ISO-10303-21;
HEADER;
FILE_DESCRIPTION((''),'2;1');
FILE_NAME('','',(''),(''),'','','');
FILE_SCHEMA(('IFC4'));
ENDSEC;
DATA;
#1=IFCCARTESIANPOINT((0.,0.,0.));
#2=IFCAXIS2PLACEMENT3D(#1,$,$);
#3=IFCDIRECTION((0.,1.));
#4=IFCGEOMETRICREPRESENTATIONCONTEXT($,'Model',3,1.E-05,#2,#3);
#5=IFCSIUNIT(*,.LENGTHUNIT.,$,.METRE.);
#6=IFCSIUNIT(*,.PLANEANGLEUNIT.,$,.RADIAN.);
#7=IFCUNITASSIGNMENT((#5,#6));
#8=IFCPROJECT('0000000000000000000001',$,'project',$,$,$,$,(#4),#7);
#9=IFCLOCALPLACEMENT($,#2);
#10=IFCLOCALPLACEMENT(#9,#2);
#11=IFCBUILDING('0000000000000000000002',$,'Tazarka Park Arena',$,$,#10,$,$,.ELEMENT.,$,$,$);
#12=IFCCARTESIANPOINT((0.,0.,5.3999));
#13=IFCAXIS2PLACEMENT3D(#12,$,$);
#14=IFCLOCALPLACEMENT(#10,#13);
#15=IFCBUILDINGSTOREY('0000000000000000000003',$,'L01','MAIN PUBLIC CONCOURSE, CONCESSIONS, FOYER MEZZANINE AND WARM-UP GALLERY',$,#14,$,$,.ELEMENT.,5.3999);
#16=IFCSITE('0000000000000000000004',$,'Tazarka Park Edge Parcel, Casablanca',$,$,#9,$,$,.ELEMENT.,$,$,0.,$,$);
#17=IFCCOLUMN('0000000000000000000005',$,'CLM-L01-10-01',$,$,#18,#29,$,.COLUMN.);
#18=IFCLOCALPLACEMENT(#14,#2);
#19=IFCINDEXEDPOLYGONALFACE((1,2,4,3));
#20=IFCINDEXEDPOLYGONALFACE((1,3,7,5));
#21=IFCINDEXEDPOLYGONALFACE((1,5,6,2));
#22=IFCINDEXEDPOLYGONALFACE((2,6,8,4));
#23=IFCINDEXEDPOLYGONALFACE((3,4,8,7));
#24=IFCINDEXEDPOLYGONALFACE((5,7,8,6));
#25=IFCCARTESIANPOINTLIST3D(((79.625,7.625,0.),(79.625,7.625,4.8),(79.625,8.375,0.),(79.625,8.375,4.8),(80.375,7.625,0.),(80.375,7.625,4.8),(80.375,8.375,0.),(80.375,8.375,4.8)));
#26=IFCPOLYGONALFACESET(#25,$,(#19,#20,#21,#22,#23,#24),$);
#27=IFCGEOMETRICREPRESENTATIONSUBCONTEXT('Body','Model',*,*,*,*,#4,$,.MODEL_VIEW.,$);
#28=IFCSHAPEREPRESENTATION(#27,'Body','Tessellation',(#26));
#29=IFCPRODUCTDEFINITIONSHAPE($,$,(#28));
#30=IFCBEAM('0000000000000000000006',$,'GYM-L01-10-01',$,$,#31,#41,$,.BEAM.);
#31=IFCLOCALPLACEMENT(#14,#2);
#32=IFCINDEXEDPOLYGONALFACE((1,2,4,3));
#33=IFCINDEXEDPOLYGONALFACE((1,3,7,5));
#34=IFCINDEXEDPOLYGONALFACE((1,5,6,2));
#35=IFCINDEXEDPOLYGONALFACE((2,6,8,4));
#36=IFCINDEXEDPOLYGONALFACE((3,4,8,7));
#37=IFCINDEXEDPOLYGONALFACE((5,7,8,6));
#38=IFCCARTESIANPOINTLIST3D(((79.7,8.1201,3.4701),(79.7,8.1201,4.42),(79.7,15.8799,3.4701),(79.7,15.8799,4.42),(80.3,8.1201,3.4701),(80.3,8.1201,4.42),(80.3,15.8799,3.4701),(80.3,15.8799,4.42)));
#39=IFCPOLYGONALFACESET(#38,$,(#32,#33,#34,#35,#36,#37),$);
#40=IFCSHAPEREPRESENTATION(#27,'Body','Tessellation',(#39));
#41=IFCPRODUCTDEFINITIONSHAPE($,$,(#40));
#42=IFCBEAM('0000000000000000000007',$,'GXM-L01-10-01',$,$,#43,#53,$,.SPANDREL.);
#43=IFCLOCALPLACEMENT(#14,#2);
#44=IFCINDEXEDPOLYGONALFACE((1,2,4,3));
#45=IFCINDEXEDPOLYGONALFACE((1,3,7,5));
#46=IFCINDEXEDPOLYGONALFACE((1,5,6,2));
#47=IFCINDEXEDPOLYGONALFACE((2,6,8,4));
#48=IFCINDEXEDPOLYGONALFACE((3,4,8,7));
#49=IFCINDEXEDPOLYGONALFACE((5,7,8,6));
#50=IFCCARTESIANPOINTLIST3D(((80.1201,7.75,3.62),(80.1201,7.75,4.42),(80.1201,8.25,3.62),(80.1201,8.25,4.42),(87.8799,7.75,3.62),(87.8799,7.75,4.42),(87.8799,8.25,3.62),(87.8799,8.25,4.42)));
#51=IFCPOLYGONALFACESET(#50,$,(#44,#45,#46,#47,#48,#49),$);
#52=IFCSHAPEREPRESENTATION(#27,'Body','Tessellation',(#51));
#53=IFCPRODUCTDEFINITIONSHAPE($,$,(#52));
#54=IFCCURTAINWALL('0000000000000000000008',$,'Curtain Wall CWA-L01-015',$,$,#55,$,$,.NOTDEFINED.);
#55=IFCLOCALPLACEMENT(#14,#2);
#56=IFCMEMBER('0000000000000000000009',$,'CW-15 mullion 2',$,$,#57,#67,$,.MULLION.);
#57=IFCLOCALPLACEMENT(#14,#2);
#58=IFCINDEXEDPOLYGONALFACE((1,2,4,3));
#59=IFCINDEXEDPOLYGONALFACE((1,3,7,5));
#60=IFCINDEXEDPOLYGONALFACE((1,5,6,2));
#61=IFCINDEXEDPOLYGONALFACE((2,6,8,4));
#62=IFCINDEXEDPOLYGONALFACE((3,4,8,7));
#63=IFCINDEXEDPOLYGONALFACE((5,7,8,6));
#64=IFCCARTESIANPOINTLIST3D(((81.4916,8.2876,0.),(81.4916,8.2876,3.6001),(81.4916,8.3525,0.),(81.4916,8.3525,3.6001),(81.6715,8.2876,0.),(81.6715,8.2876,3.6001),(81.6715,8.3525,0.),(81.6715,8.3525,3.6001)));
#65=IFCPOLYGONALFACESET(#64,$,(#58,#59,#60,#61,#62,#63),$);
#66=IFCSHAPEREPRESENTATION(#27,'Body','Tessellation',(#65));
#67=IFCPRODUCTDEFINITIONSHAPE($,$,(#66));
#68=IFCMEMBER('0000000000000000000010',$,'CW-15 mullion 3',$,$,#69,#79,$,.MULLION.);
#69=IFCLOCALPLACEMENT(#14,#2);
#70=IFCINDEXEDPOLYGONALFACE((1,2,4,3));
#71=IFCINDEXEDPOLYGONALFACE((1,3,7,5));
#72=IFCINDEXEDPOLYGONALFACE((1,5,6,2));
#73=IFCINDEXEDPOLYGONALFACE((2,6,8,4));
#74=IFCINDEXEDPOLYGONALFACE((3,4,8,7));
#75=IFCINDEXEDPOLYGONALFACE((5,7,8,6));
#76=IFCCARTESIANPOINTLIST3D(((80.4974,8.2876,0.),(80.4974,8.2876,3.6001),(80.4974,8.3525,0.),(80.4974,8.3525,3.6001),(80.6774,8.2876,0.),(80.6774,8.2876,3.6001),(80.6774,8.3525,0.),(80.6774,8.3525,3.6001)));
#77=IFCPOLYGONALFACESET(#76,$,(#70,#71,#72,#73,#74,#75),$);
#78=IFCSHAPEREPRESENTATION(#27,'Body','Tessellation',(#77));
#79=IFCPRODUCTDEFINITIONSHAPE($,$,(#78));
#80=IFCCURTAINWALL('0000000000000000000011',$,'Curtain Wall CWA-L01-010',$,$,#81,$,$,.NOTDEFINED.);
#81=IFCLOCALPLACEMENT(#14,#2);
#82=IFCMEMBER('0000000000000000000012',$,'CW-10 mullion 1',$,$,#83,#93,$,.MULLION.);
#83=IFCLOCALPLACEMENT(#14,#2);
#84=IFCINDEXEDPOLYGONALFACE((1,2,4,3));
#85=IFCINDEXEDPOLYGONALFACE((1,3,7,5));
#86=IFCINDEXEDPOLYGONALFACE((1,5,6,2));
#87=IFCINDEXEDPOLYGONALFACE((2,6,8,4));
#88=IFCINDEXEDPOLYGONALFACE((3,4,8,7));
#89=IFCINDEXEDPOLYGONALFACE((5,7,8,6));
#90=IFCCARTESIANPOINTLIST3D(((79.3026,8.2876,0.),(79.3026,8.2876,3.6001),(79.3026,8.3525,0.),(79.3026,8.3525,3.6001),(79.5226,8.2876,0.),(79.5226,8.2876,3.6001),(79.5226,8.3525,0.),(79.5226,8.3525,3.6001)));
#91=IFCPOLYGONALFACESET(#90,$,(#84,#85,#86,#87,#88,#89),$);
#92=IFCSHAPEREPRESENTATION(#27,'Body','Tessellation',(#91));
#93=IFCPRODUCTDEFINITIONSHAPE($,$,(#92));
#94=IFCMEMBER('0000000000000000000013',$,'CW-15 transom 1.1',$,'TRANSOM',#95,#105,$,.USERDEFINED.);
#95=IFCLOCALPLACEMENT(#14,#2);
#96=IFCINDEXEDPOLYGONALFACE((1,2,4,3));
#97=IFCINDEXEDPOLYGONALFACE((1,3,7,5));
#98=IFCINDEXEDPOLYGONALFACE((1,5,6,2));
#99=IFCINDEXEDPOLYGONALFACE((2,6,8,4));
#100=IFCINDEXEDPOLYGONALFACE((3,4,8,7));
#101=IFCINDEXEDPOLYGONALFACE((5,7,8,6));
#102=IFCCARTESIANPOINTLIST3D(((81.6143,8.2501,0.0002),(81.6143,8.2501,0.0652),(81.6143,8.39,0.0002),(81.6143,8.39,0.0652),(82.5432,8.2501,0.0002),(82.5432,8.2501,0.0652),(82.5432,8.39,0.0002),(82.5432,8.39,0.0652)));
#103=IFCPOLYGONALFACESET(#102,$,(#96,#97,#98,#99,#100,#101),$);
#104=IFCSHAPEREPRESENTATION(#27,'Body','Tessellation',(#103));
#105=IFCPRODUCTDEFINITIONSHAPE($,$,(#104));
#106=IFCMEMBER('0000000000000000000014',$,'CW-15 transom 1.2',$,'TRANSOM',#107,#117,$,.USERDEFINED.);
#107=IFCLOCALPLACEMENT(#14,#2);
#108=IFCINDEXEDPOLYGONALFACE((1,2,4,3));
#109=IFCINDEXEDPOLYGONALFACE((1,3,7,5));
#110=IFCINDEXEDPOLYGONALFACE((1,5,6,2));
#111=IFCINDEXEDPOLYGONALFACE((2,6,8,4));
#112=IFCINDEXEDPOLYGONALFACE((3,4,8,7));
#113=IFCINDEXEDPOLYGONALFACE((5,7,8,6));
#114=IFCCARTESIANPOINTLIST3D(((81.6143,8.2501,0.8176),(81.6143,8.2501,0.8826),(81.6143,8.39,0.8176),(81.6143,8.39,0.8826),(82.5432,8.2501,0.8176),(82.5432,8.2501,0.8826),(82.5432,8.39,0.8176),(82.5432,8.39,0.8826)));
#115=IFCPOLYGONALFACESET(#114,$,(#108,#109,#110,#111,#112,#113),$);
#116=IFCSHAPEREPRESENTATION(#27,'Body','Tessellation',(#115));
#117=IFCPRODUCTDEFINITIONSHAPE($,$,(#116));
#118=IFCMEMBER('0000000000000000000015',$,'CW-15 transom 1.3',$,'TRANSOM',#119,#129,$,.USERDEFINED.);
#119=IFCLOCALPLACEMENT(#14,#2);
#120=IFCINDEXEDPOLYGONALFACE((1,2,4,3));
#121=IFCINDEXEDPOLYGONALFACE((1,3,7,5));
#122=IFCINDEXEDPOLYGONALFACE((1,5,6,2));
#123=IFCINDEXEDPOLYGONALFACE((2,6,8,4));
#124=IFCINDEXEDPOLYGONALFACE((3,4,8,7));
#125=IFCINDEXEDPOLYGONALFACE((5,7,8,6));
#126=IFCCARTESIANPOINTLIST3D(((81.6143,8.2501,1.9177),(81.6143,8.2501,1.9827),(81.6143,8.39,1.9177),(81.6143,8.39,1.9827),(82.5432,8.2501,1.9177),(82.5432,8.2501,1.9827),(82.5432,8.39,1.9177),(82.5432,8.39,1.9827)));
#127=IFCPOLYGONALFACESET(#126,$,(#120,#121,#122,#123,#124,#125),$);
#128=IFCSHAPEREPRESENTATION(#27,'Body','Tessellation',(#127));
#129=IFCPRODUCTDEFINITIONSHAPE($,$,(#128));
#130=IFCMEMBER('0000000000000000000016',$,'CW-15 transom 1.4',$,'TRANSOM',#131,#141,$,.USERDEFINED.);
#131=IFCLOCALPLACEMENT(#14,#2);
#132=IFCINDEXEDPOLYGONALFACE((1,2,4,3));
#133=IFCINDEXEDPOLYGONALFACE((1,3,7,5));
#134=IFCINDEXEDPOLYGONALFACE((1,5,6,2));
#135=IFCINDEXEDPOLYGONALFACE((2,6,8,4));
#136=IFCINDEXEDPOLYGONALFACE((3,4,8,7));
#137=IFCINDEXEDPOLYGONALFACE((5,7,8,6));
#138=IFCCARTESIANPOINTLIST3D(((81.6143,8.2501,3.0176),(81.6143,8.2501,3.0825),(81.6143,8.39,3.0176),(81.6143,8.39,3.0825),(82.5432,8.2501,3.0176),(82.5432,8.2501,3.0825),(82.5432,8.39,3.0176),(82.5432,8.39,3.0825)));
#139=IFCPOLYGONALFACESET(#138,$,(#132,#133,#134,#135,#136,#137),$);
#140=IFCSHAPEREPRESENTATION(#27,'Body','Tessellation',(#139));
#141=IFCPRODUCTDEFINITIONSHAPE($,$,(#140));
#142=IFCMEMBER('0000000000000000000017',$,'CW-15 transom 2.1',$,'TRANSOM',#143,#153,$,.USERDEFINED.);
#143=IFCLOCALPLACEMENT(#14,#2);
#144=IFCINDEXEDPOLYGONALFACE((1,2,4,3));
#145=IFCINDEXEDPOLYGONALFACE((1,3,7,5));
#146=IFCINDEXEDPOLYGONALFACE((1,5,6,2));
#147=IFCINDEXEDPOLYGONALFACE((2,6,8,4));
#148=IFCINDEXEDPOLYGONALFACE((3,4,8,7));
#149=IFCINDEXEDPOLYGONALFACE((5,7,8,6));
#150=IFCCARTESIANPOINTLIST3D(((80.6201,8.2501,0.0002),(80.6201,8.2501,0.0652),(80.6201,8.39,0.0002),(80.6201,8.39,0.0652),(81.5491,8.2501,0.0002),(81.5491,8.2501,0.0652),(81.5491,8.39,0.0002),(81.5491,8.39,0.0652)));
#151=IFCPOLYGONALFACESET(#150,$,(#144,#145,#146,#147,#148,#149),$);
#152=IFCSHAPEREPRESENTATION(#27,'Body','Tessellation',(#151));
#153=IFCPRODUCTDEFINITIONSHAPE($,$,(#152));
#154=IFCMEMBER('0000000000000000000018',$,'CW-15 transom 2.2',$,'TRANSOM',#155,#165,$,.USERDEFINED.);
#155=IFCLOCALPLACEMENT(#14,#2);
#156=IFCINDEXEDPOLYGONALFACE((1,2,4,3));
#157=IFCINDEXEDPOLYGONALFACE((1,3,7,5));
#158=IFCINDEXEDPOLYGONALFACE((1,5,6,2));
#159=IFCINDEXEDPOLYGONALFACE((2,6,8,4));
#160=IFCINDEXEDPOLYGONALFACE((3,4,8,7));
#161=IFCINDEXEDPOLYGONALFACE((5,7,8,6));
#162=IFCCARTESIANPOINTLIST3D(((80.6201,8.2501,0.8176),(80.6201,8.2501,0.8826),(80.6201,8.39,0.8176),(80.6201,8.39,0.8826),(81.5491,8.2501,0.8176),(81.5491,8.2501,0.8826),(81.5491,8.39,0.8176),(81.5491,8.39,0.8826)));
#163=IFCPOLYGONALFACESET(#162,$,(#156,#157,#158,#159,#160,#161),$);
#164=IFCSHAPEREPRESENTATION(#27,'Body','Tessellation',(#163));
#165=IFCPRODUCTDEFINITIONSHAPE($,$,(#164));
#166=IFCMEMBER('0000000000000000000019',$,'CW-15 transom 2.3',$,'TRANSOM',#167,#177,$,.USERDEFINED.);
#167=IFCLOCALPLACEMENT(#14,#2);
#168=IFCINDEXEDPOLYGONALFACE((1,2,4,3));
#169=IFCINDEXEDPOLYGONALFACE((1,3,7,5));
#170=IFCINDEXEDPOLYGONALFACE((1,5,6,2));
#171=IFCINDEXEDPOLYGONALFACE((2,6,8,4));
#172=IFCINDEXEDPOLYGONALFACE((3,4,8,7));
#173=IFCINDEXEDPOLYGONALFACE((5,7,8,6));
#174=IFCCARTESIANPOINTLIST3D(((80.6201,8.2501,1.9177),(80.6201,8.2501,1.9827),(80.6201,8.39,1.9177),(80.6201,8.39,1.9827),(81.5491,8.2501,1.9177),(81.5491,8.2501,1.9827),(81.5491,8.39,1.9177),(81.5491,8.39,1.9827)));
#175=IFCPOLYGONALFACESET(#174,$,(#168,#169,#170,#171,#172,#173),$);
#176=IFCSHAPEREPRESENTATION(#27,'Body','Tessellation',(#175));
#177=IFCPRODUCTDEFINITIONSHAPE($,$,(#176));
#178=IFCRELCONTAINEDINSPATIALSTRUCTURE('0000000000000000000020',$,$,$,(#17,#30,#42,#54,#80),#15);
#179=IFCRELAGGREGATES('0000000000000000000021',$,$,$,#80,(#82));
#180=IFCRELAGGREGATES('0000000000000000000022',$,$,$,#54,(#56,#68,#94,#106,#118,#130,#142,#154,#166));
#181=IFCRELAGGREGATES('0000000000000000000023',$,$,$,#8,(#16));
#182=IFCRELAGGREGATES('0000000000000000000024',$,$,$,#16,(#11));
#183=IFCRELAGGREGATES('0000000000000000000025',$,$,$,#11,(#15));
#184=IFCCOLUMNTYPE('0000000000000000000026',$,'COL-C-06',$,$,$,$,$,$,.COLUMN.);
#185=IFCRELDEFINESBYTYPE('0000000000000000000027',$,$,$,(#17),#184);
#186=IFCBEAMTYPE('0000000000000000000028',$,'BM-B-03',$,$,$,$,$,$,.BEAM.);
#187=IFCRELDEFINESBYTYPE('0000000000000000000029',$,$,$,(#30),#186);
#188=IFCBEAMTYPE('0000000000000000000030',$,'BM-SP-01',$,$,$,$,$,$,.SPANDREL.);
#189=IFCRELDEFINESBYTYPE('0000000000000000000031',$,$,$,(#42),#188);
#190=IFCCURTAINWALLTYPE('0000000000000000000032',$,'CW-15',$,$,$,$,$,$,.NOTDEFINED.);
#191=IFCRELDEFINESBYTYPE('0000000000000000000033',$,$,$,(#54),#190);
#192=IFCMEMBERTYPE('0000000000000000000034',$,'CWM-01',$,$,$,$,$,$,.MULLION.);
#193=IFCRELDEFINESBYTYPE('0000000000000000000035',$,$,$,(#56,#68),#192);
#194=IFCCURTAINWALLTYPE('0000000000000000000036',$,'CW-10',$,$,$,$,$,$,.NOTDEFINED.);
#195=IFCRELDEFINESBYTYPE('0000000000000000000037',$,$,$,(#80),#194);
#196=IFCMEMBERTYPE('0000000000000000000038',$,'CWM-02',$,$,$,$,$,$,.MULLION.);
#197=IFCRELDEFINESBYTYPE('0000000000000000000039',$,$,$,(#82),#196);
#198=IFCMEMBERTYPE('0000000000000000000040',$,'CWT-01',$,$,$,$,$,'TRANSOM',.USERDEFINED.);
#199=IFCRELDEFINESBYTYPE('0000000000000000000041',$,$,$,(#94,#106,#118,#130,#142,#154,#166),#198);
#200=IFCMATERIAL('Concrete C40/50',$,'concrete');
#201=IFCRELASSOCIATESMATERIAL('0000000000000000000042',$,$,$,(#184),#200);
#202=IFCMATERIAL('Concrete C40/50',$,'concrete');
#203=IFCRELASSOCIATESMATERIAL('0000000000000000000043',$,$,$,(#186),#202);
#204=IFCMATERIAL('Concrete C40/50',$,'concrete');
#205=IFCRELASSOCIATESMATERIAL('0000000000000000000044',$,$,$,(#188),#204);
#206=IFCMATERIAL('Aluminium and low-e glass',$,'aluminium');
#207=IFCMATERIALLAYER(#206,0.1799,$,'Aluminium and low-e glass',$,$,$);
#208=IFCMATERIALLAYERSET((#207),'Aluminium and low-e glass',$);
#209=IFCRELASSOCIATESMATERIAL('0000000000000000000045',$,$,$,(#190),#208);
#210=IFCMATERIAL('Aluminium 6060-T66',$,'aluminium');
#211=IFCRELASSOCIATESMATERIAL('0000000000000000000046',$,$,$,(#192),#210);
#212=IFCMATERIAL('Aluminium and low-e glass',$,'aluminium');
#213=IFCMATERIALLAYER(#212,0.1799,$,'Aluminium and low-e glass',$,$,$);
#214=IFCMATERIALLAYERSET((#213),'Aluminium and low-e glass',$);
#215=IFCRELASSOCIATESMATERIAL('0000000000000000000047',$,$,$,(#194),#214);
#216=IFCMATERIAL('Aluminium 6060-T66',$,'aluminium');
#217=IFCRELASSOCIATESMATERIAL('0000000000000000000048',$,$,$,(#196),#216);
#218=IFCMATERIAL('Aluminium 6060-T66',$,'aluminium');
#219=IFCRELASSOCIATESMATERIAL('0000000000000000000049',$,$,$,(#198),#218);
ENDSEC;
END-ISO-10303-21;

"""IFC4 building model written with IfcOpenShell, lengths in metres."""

from ifc_helpers import new_model, si_unit, direction, frame, origin, origin_2d, place, context, subcontext, project, spatial, rectangle, extrude, material, layer, layer_set, material_profile, profile_set, type_object, element, aggregate, save


model = new_model("IFC4")

# Units and contexts
model_context = context("Model", 3, precision=1e-05, world=origin(), true_north=direction((0.0, 1.0)))
body_context = subcontext(model_context, "Body", "Model", "MODEL_VIEW")
ifc_project = project(units=[si_unit("LENGTHUNIT", "METRE"), si_unit("PLANEANGLEUNIT", "RADIAN")], contexts=[model_context])

# Site, building, storey
site_placement = place(None, origin())
site = spatial("IfcSite", under=ifc_project, at=site_placement, Name="Tazarka Park Edge Parcel, Casablanca", CompositionType="ELEMENT", RefElevation=0.0)
building_placement = place(site_placement, origin())
building = spatial("IfcBuilding", under=site, at=building_placement, Name="Tazarka Park Arena", CompositionType="ELEMENT")
storey_placement = place(building_placement, frame((0.0, 0.0, 5.3999)))
storey = spatial("IfcBuildingStorey", under=building, at=storey_placement, Name="L01", Description="MAIN PUBLIC CONCOURSE, CONCESSIONS, FOYER MEZZANINE AND WARM-UP GALLERY", CompositionType="ELEMENT", Elevation=5.3999)

# Column
ifc_material_1 = material(Name="Concrete C40/50", Category="concrete")
ifc_material_profile_1 = material_profile(ifc_material_1, rectangle(XDim=0.75, YDim=0.75, at=origin_2d()), Name="Concrete C40/50")
ifc_profile_set_1 = profile_set([ifc_material_profile_1], Name="Concrete C40/50")
column_type = type_object("IfcColumnType", Name="COL-C-06", PredefinedType="COLUMN", material=ifc_profile_set_1)
column_placement = place(storey_placement, frame((80.0, 8.0, 0.0), z_axis=(0.0, 0.0, 1.0), x_axis=(1.0, 0.0, 0.0)))
element("IfcColumn", 1, at=column_placement, inside=storey, type_object=column_type, Name="CLM-L01-10-01", PredefinedType="COLUMN", context=body_context, shape_type="SweptSolid", body=[
    extrude(rectangle(XDim=0.75, YDim=0.75, at=origin_2d()), origin(), (0.0, 0.0, 1.0), 4.8),
])

# Beams
ifc_material_2 = material(Name="Concrete C40/50", Category="concrete")
ifc_material_profile_2 = material_profile(ifc_material_2, rectangle(XDim=0.6001, YDim=0.95, at=origin_2d()), Name="Concrete C40/50")
ifc_profile_set_2 = profile_set([ifc_material_profile_2], Name="Concrete C40/50")
beam_type_1 = type_object("IfcBeamType", Name="BM-B-03", PredefinedType="BEAM", material=ifc_profile_set_2)
beam_1_placement = place(storey_placement, frame((80.0, 8.1201, 3.9451), z_axis=(0.0, 1.0, 0.0), x_axis=(-1.0, 0.0, 0.0)))
element("IfcBeam", 2, at=beam_1_placement, inside=storey, type_object=beam_type_1, Name="GYM-L01-10-01", PredefinedType="BEAM", context=body_context, shape_type="SweptSolid", body=[
    extrude(rectangle(XDim=0.6001, YDim=0.95, at=origin_2d()), origin(), (0.0, 0.0, 1.0), 7.7598),
])
ifc_material_3 = material(Name="Concrete C40/50", Category="concrete")
ifc_material_profile_3 = material_profile(ifc_material_3, rectangle(XDim=0.5, YDim=0.8, at=origin_2d()), Name="Concrete C40/50")
ifc_profile_set_3 = profile_set([ifc_material_profile_3], Name="Concrete C40/50")
beam_type_2 = type_object("IfcBeamType", Name="BM-SP-01", PredefinedType="SPANDREL", material=ifc_profile_set_3)
beam_2_placement = place(storey_placement, frame((80.1201, 8.0, 4.02), z_axis=(1.0, 0.0, 0.0), x_axis=(0.0, 1.0, 0.0)))
element("IfcBeam", 3, at=beam_2_placement, inside=storey, type_object=beam_type_2, Name="GXM-L01-10-01", PredefinedType="SPANDREL", context=body_context, shape_type="SweptSolid", body=[
    extrude(rectangle(XDim=0.5, YDim=0.8, at=origin_2d()), origin(), (0.0, 0.0, 1.0), 7.7598),
])

# Curtain wall, members
ifc_material_4 = material(Name="Aluminium and low-e glass", Category="aluminium")
ifc_layer_1 = layer(ifc_material_4, 0.1799, Name="Aluminium and low-e glass")
ifc_layer_set_1 = layer_set([ifc_layer_1], Name="Aluminium and low-e glass")
curtain_wall_type_1 = type_object("IfcCurtainWallType", Name="CW-15", PredefinedType="NOTDEFINED", material=ifc_layer_set_1)
curtain_wall_1_placement = place(storey_placement, origin())
curtain_wall_1 = element("IfcCurtainWall", 4, at=curtain_wall_1_placement, inside=storey, type_object=curtain_wall_type_1, Name="Curtain Wall CWA-L01-015", PredefinedType="NOTDEFINED")
ifc_material_5 = material(Name="Aluminium 6060-T66", Category="aluminium")
ifc_material_profile_4 = material_profile(ifc_material_5, rectangle(XDim=0.0649, YDim=0.1799, at=origin_2d()), Name="Aluminium 6060-T66")
ifc_profile_set_4 = profile_set([ifc_material_profile_4], Name="Aluminium 6060-T66")
member_type_1 = type_object("IfcMemberType", Name="CWM-01", PredefinedType="MULLION", material=ifc_profile_set_4)
member_1_placement = place(storey_placement, frame((81.5815, 8.3201, 0.0), z_axis=(0.0, 0.0, 1.0), x_axis=(0.0, -1.0, 0.0)))
member_1 = element("IfcMember", 5, at=member_1_placement, type_object=member_type_1, Name="CW-15 mullion 2", PredefinedType="MULLION", context=body_context, shape_type="SweptSolid", body=[
    extrude(rectangle(XDim=0.0649, YDim=0.1799, at=origin_2d()), origin(), (0.0, 0.0, 1.0), 3.6001),
])
member_2_placement = place(storey_placement, frame((80.5874, 8.3201, 0.0), z_axis=(0.0, 0.0, 1.0), x_axis=(0.0, -1.0, 0.0)))
member_2 = element("IfcMember", 6, at=member_2_placement, type_object=member_type_1, Name="CW-15 mullion 3", PredefinedType="MULLION", context=body_context, shape_type="SweptSolid", body=[
    extrude(rectangle(XDim=0.0649, YDim=0.1799, at=origin_2d()), origin(), (0.0, 0.0, 1.0), 3.6001),
])

# Curtain wall, member
ifc_material_6 = material(Name="Aluminium and low-e glass", Category="aluminium")
ifc_layer_2 = layer(ifc_material_6, 0.1799, Name="Aluminium and low-e glass")
ifc_layer_set_2 = layer_set([ifc_layer_2], Name="Aluminium and low-e glass")
curtain_wall_type_2 = type_object("IfcCurtainWallType", Name="CW-10", PredefinedType="NOTDEFINED", material=ifc_layer_set_2)
curtain_wall_2_placement = place(storey_placement, origin())
curtain_wall_2 = element("IfcCurtainWall", 7, at=curtain_wall_2_placement, inside=storey, type_object=curtain_wall_type_2, Name="Curtain Wall CWA-L01-010", PredefinedType="NOTDEFINED")
ifc_material_7 = material(Name="Aluminium 6060-T66", Category="aluminium")
ifc_material_profile_5 = material_profile(ifc_material_7, rectangle(XDim=0.0649, YDim=0.22, at=origin_2d()), Name="Aluminium 6060-T66")
ifc_profile_set_5 = profile_set([ifc_material_profile_5], Name="Aluminium 6060-T66")
member_type_2 = type_object("IfcMemberType", Name="CWM-02", PredefinedType="MULLION", material=ifc_profile_set_5)
member_3_placement = place(storey_placement, frame((79.4126, 8.3201, 0.0), z_axis=(0.0, 0.0, 1.0), x_axis=(0.0, -1.0, 0.0)))
member_3 = element("IfcMember", 8, at=member_3_placement, type_object=member_type_2, Name="CW-10 mullion 1", PredefinedType="MULLION", context=body_context, shape_type="SweptSolid", body=[
    extrude(rectangle(XDim=0.0649, YDim=0.22, at=origin_2d()), origin(), (0.0, 0.0, 1.0), 3.6001),
])

# Members
ifc_material_8 = material(Name="Aluminium 6060-T66", Category="aluminium")
ifc_material_profile_6 = material_profile(ifc_material_8, rectangle(XDim=0.1399, YDim=0.0649, at=origin_2d()), Name="Aluminium 6060-T66")
ifc_profile_set_6 = profile_set([ifc_material_profile_6], Name="Aluminium 6060-T66")
member_type_3 = type_object("IfcMemberType", Name="CWT-01", ElementType="TRANSOM", PredefinedType="USERDEFINED", material=ifc_profile_set_6)
member_4_placement = place(storey_placement, frame((82.5432, 8.3201, 0.0327), z_axis=(-1.0, 0.0, 0.0), x_axis=(0.0, -1.0, 0.0)))
member_4 = element("IfcMember", 9, at=member_4_placement, type_object=member_type_3, Name="CW-15 transom 1.1", ObjectType="TRANSOM", PredefinedType="USERDEFINED", context=body_context, shape_type="SweptSolid", body=[
    extrude(rectangle(XDim=0.1399, YDim=0.0649, at=origin_2d()), origin(), (0.0, 0.0, 1.0), 0.929),
])
member_5_placement = place(storey_placement, frame((82.5432, 8.3201, 0.8501), z_axis=(-1.0, 0.0, 0.0), x_axis=(0.0, -1.0, 0.0)))
member_5 = element("IfcMember", 10, at=member_5_placement, type_object=member_type_3, Name="CW-15 transom 1.2", ObjectType="TRANSOM", PredefinedType="USERDEFINED", context=body_context, shape_type="SweptSolid", body=[
    extrude(rectangle(XDim=0.1399, YDim=0.0649, at=origin_2d()), origin(), (0.0, 0.0, 1.0), 0.929),
])
member_6_placement = place(storey_placement, frame((82.5432, 8.3201, 1.9502), z_axis=(-1.0, 0.0, 0.0), x_axis=(0.0, -1.0, 0.0)))
member_6 = element("IfcMember", 11, at=member_6_placement, type_object=member_type_3, Name="CW-15 transom 1.3", ObjectType="TRANSOM", PredefinedType="USERDEFINED", context=body_context, shape_type="SweptSolid", body=[
    extrude(rectangle(XDim=0.1399, YDim=0.0649, at=origin_2d()), origin(), (0.0, 0.0, 1.0), 0.929),
])
member_7_placement = place(storey_placement, frame((82.5432, 8.3201, 3.05), z_axis=(-1.0, 0.0, 0.0), x_axis=(0.0, -1.0, 0.0)))
member_7 = element("IfcMember", 12, at=member_7_placement, type_object=member_type_3, Name="CW-15 transom 1.4", ObjectType="TRANSOM", PredefinedType="USERDEFINED", context=body_context, shape_type="SweptSolid", body=[
    extrude(rectangle(XDim=0.1399, YDim=0.0649, at=origin_2d()), origin(), (0.0, 0.0, 1.0), 0.929),
])
member_8_placement = place(storey_placement, frame((81.5491, 8.3201, 0.0327), z_axis=(-1.0, 0.0, 0.0), x_axis=(0.0, -1.0, 0.0)))
member_8 = element("IfcMember", 13, at=member_8_placement, type_object=member_type_3, Name="CW-15 transom 2.1", ObjectType="TRANSOM", PredefinedType="USERDEFINED", context=body_context, shape_type="SweptSolid", body=[
    extrude(rectangle(XDim=0.1399, YDim=0.0649, at=origin_2d()), origin(), (0.0, 0.0, 1.0), 0.929),
])
member_9_placement = place(storey_placement, frame((81.5491, 8.3201, 0.8501), z_axis=(-1.0, 0.0, 0.0), x_axis=(0.0, -1.0, 0.0)))
member_9 = element("IfcMember", 14, at=member_9_placement, type_object=member_type_3, Name="CW-15 transom 2.2", ObjectType="TRANSOM", PredefinedType="USERDEFINED", context=body_context, shape_type="SweptSolid", body=[
    extrude(rectangle(XDim=0.1399, YDim=0.0649, at=origin_2d()), origin(), (0.0, 0.0, 1.0), 0.929),
])
member_10_placement = place(storey_placement, frame((81.5491, 8.3201, 1.9502), z_axis=(-1.0, 0.0, 0.0), x_axis=(0.0, -1.0, 0.0)))
member_10 = element("IfcMember", 15, at=member_10_placement, type_object=member_type_3, Name="CW-15 transom 2.3", ObjectType="TRANSOM", PredefinedType="USERDEFINED", context=body_context, shape_type="SweptSolid", body=[
    extrude(rectangle(XDim=0.1399, YDim=0.0649, at=origin_2d()), origin(), (0.0, 0.0, 1.0), 0.929),
])
aggregate(curtain_wall_2, [member_3])

aggregate(curtain_wall_1, [member_1, member_2, member_4, member_5, member_6, member_7, member_8, member_9, member_10])

save(model, "model.ifc")
